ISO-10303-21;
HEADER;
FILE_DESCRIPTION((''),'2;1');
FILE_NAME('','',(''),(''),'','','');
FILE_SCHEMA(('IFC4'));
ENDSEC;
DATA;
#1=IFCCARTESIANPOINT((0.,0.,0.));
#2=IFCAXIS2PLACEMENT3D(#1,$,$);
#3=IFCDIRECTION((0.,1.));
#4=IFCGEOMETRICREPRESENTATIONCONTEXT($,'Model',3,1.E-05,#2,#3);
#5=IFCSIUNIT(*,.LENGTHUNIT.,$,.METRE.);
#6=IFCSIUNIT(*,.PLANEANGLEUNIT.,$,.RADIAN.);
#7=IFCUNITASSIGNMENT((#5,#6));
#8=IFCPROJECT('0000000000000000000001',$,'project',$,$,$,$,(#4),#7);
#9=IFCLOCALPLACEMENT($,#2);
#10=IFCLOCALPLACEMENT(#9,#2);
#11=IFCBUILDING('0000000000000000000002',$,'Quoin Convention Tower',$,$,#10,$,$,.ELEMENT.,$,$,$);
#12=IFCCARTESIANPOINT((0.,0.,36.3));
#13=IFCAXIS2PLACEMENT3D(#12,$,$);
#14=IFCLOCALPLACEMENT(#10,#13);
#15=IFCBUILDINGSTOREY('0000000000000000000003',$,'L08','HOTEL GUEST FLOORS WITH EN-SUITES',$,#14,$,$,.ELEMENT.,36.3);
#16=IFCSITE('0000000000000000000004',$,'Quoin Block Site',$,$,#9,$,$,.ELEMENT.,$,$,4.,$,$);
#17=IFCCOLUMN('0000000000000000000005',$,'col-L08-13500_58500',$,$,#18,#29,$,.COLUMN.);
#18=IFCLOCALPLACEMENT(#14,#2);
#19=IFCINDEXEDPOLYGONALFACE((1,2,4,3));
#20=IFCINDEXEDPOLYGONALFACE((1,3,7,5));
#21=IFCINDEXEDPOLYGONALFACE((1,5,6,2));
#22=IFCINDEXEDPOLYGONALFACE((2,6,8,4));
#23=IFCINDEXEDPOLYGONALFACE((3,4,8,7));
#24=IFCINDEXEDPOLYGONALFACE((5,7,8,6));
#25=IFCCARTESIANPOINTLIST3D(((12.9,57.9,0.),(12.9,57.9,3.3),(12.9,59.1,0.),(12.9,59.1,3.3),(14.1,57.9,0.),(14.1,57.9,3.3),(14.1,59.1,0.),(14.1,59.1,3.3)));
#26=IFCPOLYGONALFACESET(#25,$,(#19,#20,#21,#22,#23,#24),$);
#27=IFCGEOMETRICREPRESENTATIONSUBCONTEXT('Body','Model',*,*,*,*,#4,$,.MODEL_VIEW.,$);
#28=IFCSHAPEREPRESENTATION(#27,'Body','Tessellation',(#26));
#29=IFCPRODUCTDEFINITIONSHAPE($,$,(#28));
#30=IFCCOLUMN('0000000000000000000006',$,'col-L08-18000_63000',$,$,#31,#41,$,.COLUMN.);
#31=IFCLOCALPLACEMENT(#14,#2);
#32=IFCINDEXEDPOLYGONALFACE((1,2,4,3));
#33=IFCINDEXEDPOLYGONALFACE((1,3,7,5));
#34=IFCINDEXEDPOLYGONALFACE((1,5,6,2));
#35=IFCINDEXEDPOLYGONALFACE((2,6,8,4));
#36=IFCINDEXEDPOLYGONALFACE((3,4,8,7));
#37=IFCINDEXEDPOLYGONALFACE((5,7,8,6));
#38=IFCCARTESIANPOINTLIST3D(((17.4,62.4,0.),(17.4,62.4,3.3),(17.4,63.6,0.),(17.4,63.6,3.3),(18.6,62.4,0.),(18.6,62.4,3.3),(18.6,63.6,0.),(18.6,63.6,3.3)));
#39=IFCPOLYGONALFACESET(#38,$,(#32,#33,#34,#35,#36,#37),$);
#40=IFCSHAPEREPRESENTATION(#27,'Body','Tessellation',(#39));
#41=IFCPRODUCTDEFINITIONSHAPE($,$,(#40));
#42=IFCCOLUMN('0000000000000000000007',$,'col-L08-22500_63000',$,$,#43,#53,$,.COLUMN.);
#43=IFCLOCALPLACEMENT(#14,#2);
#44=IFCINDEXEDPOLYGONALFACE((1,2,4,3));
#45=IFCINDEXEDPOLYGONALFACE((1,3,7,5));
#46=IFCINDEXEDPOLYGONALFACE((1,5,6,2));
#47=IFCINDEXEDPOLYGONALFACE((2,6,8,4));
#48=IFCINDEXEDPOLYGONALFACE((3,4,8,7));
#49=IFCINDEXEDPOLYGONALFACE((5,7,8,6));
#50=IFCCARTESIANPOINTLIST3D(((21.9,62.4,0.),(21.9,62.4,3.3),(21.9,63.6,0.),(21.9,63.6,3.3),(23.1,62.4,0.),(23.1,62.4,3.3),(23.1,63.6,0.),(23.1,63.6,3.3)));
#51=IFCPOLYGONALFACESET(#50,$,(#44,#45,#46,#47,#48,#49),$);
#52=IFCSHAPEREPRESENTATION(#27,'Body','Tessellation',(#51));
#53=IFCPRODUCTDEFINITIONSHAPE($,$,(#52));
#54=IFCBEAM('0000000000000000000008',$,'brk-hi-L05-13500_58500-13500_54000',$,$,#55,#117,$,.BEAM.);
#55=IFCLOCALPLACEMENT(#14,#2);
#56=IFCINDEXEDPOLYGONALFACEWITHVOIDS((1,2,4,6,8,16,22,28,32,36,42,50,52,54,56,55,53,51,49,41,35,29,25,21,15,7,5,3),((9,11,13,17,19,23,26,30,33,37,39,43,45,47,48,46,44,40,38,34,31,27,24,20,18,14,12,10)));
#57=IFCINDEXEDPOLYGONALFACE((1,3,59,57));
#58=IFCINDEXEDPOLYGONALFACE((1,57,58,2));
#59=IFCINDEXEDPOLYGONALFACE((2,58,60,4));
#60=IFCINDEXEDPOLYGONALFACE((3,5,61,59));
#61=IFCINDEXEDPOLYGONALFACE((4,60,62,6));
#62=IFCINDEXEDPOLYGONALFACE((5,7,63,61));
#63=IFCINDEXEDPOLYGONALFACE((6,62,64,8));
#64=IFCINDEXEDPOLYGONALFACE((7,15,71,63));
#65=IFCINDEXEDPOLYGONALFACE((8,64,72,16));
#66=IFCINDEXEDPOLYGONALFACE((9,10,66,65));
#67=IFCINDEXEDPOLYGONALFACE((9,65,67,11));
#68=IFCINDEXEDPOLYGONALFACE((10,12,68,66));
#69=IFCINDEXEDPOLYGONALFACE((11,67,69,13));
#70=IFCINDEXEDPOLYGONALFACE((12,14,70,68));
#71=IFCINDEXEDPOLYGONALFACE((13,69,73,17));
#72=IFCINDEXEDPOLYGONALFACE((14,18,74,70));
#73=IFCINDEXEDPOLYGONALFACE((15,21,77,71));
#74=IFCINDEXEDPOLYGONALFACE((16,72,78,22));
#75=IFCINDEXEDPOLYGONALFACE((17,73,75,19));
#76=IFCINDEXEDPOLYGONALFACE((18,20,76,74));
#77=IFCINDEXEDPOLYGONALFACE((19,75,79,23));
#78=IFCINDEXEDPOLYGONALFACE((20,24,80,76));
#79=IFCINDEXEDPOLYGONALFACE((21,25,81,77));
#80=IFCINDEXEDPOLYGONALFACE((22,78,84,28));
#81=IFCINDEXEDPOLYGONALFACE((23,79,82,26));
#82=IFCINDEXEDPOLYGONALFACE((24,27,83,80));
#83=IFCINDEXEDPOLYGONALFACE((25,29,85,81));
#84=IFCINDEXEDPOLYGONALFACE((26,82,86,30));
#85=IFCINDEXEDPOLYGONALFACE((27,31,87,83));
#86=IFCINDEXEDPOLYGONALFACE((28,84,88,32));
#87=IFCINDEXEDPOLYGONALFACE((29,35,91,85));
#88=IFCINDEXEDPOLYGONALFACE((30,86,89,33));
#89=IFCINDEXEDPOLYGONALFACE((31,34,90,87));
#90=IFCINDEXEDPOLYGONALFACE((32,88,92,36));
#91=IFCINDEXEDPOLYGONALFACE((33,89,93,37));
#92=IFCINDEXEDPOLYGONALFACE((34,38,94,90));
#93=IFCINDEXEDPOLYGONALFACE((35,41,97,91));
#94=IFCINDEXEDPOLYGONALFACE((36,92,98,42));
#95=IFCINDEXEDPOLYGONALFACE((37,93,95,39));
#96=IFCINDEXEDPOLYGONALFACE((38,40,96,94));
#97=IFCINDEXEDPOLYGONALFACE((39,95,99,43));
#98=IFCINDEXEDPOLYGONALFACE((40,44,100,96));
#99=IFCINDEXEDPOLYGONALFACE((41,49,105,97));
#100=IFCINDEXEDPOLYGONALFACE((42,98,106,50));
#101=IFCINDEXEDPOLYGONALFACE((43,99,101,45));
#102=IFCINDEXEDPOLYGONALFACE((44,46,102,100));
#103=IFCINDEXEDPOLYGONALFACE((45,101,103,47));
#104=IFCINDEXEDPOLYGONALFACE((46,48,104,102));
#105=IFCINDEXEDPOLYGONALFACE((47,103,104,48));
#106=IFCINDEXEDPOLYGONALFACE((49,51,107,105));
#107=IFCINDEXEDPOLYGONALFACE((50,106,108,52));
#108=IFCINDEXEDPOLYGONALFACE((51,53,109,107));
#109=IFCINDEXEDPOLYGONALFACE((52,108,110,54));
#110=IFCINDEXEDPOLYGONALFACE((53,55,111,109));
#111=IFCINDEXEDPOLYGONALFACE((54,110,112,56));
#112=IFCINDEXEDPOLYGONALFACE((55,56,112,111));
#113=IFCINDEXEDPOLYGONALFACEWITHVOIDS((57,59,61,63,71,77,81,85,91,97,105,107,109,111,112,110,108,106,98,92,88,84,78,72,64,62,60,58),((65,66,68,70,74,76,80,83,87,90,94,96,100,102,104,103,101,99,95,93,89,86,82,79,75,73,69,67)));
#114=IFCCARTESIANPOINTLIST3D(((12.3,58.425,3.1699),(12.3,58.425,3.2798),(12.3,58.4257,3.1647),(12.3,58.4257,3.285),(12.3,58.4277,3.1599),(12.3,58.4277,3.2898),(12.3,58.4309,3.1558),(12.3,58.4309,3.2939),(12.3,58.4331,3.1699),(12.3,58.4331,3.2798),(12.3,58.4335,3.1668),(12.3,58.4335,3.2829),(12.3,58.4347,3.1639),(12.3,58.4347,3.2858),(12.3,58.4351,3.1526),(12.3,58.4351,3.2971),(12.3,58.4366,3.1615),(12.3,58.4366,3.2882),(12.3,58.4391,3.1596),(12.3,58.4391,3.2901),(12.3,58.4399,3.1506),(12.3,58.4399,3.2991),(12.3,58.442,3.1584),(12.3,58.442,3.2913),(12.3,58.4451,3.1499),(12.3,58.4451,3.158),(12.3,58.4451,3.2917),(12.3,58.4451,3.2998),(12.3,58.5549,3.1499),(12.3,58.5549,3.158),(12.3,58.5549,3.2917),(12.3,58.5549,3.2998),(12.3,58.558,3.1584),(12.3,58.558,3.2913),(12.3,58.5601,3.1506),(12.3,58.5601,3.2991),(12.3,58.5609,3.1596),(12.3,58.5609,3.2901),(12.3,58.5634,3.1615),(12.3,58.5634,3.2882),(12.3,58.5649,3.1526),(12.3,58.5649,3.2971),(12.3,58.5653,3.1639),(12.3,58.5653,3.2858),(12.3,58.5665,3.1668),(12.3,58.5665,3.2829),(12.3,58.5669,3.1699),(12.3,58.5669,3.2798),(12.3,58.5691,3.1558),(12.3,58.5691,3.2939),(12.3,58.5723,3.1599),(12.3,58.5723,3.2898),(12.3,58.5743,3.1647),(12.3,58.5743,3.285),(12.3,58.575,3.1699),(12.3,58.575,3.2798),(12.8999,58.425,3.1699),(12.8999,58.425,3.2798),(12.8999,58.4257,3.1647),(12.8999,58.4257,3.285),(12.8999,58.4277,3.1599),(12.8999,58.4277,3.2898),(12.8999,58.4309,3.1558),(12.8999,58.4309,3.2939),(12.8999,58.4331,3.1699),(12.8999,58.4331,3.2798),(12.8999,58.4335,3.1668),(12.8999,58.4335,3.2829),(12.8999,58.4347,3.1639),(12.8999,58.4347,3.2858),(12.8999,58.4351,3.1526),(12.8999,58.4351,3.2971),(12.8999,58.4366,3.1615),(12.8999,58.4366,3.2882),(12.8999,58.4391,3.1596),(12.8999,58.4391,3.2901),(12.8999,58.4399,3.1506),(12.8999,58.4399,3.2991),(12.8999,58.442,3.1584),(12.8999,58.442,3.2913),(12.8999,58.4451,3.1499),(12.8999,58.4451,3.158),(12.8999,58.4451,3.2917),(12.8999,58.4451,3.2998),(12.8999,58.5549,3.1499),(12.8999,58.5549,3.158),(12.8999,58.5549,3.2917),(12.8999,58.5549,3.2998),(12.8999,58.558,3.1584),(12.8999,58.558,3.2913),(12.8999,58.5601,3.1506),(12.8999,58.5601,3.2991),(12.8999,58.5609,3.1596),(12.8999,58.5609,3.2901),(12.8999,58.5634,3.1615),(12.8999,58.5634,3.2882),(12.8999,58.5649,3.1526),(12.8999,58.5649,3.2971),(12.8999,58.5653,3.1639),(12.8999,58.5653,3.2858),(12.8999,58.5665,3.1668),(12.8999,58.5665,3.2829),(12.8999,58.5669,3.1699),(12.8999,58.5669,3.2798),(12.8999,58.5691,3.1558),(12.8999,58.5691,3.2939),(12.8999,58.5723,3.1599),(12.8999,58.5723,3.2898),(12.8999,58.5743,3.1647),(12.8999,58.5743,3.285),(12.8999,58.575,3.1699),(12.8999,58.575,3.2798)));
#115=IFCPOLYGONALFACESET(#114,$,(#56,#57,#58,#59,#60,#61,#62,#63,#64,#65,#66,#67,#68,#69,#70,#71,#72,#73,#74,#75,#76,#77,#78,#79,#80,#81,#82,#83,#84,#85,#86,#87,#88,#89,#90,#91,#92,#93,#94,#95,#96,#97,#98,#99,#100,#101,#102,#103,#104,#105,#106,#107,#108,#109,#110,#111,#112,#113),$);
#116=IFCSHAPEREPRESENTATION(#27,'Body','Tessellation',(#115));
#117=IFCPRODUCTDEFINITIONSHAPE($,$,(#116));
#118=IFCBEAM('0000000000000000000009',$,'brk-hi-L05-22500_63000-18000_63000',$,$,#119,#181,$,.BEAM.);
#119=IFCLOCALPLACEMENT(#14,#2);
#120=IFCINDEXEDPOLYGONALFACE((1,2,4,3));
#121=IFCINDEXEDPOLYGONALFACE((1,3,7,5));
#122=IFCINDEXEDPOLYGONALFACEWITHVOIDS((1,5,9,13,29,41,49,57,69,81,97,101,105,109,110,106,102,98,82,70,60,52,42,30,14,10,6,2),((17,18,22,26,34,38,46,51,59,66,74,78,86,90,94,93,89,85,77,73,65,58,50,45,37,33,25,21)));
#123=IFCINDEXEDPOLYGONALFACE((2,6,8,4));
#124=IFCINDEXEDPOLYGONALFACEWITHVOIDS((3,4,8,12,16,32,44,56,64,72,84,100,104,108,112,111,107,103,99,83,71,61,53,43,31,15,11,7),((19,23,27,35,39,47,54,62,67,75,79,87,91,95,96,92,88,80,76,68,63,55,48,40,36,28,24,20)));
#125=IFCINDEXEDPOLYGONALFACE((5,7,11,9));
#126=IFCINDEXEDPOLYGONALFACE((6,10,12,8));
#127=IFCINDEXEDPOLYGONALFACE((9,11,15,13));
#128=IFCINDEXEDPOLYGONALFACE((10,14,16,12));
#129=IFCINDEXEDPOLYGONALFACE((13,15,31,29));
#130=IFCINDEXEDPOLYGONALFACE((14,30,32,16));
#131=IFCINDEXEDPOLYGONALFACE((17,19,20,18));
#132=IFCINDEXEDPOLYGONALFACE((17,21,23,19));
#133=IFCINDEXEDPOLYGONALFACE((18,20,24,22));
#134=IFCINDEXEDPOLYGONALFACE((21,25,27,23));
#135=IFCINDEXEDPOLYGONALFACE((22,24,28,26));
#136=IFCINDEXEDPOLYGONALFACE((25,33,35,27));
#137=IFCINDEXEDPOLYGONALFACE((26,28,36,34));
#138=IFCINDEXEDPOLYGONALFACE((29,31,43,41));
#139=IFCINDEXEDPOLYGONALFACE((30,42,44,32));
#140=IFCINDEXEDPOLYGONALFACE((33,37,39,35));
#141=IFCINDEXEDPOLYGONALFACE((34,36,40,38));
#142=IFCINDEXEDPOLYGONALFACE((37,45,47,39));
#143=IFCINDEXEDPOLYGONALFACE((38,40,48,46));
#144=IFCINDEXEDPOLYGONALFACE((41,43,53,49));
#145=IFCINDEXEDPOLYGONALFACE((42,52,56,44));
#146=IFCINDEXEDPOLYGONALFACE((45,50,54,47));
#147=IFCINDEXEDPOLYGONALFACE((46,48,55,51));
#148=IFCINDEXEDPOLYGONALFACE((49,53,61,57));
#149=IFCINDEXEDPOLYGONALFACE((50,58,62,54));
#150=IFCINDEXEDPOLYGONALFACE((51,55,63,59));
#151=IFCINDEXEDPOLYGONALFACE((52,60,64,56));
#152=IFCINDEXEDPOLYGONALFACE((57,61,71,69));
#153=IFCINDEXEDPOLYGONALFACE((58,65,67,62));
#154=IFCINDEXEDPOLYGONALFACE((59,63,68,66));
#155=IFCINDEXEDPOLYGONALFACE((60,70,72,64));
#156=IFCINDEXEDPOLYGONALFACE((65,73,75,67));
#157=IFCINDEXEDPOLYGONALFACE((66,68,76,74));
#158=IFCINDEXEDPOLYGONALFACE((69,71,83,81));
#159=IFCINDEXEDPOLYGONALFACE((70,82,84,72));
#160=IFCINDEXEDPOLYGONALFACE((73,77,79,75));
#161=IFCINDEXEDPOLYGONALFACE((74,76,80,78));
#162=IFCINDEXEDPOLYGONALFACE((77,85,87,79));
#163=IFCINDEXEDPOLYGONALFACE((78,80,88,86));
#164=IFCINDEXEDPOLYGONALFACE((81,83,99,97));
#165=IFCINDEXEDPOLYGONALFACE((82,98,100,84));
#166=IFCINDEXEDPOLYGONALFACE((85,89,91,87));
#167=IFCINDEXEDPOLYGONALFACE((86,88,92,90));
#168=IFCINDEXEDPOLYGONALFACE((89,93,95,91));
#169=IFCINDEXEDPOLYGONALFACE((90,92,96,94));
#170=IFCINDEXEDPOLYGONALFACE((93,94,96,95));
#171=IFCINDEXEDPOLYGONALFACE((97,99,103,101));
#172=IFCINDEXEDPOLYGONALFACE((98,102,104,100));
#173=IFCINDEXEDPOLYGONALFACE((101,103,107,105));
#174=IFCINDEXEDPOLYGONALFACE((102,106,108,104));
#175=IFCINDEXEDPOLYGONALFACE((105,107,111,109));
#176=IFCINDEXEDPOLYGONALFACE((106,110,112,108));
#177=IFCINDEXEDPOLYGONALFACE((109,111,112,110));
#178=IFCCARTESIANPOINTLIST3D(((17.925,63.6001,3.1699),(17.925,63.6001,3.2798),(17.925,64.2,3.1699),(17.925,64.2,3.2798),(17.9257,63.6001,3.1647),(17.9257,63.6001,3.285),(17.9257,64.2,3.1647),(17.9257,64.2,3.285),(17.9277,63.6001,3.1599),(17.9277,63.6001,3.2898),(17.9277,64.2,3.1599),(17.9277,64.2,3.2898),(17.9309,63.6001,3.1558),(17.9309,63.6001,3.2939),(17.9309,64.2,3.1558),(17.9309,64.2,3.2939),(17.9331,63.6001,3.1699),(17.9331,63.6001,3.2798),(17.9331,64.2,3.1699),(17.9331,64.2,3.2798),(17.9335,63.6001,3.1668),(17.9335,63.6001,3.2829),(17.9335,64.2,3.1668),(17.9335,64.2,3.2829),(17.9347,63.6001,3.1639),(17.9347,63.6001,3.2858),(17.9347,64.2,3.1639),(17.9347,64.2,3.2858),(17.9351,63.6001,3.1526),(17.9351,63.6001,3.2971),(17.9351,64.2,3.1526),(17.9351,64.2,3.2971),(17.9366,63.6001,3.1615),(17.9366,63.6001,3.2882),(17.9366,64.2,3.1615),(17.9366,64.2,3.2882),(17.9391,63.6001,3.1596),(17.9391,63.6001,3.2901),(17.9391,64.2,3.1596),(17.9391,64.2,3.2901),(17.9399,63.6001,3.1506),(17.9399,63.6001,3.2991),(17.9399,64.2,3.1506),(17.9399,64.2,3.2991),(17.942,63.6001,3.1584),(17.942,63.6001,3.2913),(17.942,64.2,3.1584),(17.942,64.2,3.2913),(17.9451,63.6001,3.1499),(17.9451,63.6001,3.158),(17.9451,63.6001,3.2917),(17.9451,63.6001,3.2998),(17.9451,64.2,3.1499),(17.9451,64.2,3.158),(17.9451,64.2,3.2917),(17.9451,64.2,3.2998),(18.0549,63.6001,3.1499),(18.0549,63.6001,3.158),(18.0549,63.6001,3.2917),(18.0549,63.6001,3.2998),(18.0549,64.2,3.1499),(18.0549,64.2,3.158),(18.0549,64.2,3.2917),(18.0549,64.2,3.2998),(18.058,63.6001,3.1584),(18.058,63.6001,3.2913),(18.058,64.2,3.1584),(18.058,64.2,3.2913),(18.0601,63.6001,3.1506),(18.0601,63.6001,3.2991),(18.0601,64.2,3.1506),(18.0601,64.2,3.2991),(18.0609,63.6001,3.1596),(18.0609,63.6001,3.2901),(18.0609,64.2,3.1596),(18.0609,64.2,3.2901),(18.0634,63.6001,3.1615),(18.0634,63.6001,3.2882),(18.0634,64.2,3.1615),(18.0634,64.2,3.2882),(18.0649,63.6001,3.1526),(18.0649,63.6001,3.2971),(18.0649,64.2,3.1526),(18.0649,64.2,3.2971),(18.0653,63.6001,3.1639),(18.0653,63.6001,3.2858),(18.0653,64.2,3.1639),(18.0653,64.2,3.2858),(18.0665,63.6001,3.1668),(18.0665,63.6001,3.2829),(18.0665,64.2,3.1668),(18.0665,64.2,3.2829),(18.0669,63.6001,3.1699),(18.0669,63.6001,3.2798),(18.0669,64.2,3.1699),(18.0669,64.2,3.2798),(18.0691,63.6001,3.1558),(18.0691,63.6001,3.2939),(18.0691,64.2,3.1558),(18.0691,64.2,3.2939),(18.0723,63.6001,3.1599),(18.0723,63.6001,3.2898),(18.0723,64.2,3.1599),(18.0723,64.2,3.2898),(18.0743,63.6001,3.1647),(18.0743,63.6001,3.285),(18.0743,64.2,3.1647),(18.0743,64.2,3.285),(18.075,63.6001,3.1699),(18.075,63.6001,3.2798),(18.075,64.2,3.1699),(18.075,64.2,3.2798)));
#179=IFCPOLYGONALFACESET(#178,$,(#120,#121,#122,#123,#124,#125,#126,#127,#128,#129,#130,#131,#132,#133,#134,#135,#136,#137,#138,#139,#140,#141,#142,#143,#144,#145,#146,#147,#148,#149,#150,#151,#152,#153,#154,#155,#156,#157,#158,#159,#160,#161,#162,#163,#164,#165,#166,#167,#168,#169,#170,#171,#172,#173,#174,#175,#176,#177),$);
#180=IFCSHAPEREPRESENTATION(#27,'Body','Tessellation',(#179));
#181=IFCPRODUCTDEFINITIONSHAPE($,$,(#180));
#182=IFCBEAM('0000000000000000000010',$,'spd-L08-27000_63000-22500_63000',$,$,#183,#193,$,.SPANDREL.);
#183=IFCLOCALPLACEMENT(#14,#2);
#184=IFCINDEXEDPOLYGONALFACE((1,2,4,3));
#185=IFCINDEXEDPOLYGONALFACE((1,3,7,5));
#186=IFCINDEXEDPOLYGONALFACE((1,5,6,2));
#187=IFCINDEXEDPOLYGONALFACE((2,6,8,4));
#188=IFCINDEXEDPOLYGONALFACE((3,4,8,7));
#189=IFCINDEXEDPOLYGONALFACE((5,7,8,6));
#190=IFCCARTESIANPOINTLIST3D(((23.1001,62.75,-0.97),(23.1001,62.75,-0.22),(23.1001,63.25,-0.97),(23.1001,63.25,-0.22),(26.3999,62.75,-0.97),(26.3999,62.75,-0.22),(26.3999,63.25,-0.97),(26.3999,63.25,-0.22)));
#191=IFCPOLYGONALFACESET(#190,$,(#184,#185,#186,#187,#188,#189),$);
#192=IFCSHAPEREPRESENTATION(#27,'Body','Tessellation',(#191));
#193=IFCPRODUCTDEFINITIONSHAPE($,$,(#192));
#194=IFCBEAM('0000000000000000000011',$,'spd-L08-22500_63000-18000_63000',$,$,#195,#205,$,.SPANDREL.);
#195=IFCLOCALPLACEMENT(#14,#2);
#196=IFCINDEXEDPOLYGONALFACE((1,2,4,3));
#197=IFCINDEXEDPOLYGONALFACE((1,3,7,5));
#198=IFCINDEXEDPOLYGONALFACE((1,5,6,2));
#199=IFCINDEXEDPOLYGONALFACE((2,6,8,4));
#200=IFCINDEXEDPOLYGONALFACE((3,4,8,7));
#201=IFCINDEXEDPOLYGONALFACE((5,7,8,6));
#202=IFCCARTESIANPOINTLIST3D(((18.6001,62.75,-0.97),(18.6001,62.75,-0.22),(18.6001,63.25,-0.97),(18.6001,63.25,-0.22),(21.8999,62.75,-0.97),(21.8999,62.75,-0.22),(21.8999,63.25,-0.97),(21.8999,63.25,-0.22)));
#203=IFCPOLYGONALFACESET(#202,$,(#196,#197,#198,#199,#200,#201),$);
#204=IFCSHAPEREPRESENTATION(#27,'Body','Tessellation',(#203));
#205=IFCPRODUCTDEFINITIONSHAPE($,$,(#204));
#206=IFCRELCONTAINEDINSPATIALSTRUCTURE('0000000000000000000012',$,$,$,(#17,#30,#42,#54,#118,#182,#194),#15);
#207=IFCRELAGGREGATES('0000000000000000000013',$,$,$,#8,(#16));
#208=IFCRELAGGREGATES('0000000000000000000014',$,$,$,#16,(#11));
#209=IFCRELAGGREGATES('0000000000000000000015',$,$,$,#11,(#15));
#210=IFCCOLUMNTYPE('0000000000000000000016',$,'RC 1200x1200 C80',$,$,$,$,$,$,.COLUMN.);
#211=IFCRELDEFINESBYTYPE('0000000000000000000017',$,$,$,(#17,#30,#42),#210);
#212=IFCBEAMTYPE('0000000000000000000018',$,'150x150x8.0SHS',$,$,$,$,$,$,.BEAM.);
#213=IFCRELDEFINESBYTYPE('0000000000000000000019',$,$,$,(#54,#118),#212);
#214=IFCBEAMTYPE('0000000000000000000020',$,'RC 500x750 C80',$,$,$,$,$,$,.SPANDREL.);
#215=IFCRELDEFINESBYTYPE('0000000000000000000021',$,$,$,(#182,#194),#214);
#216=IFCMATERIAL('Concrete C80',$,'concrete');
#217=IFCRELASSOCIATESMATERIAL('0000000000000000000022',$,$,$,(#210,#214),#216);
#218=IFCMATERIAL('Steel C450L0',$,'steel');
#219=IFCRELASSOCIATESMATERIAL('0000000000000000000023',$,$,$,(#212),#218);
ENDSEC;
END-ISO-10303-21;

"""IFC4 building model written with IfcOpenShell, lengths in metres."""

from ifc_helpers import new_model, si_unit, direction, frame, origin, origin_2d, place, context, subcontext, project, spatial, rectangle, hollow_rectangle, extrude, material, material_profile, profile_set, type_object, element, save


model = new_model("IFC4")

# Units and contexts
model_context = context("Model", 3, precision=1e-05, world=origin(), true_north=direction((0.0, 1.0)))
body_context = subcontext(model_context, "Body", "Model", "MODEL_VIEW")
ifc_project = project(units=[si_unit("LENGTHUNIT", "METRE"), si_unit("PLANEANGLEUNIT", "RADIAN")], contexts=[model_context])

# Site, building, storey
site_placement = place(None, origin())
site = spatial("IfcSite", under=ifc_project, at=site_placement, Name="Quoin Block Site", CompositionType="ELEMENT", RefElevation=4.0)
building_placement = place(site_placement, origin())
building = spatial("IfcBuilding", under=site, at=building_placement, Name="Quoin Convention Tower", CompositionType="ELEMENT")
storey_placement = place(building_placement, frame((0.0, 0.0, 36.3)))
storey = spatial("IfcBuildingStorey", under=building, at=storey_placement, Name="L08", Description="HOTEL GUEST FLOORS WITH EN-SUITES", CompositionType="ELEMENT", Elevation=36.3)

# Columns
ifc_material_1 = material(Name="Concrete C80", Category="concrete")
ifc_material_profile_1 = material_profile(ifc_material_1, rectangle(XDim=1.2, YDim=1.2, at=origin_2d()), Name="RC 1200x1200")
ifc_profile_set_1 = profile_set([ifc_material_profile_1], Name="Concrete C80")
column_type = type_object("IfcColumnType", Name="RC 1200x1200 C80", PredefinedType="COLUMN", material=ifc_profile_set_1)
for number, where, z_axis, x_axis, name in (
    (1, (13.5, 58.5, 0.0), (0.0, 0.0, 1.0), (1.0, 0.0, 0.0), "col-L08-13500_58500"),
    (2, (18.0, 63.0, 0.0), (0.0, 0.0, 1.0), (1.0, 0.0, 0.0), "col-L08-18000_63000"),
    (3, (22.5, 63.0, 0.0), (0.0, 0.0, 1.0), (1.0, 0.0, 0.0), "col-L08-22500_63000"),
):
    element("IfcColumn", number, at=place(storey_placement, frame(where, z_axis=z_axis, x_axis=x_axis)), inside=storey, type_object=column_type, Name=name, PredefinedType="COLUMN", context=body_context, shape_type="SweptSolid", body=[
        extrude(rectangle(XDim=1.2, YDim=1.2, at=origin_2d()), origin(), (0.0, 0.0, 1.0), 3.3),
    ])

# Beams
ifc_material_2 = material(Name="Steel C450L0", Category="steel")
ifc_material_profile_2 = material_profile(ifc_material_2, hollow_rectangle(XDim=0.1499, YDim=0.1499, WallThickness=0.0081, InnerFilletRadius=0.012, OuterFilletRadius=0.02, at=origin_2d()), Name="150x150x8.0SHS")
ifc_profile_set_2 = profile_set([ifc_material_profile_2], Name="Steel C450L0")
beam_type_1 = type_object("IfcBeamType", Name="150x150x8.0SHS", PredefinedType="BEAM", material=ifc_profile_set_2)
for number, where, z_axis, x_axis, name in (
    (4, (12.8999, 58.5, 3.2249), (-1.0, 0.0, 0.0), (0.0, -1.0, 0.0), "brk-hi-L05-13500_58500-13500_54000"),
    (5, (18.0, 63.6001, 3.2249), (0.0, 1.0, 0.0), (-1.0, 0.0, 0.0), "brk-hi-L05-22500_63000-18000_63000"),
):
    element("IfcBeam", number, at=place(storey_placement, frame(where, z_axis=z_axis, x_axis=x_axis)), inside=storey, type_object=beam_type_1, Name=name, PredefinedType="BEAM", context=body_context, shape_type="SweptSolid", body=[
        extrude(hollow_rectangle(XDim=0.1499, YDim=0.1499, WallThickness=0.0081, InnerFilletRadius=0.012, OuterFilletRadius=0.02, at=origin_2d()), origin(), (0.0, 0.0, 1.0), 0.5999),
    ])
ifc_material_profile_3 = material_profile(ifc_material_1, rectangle(XDim=0.5, YDim=0.75, at=origin_2d()), Name="RC 500x750")
ifc_profile_set_3 = profile_set([ifc_material_profile_3], Name="Concrete C80")
beam_type_2 = type_object("IfcBeamType", Name="RC 500x750 C80", PredefinedType="SPANDREL", material=ifc_profile_set_3)
for number, where, z_axis, x_axis, name in (
    (6, (26.3999, 63.0, -0.595), (-1.0, 0.0, 0.0), (0.0, -1.0, 0.0), "spd-L08-27000_63000-22500_63000"),
    (7, (21.8999, 63.0, -0.595), (-1.0, 0.0, 0.0), (0.0, -1.0, 0.0), "spd-L08-22500_63000-18000_63000"),
):
    element("IfcBeam", number, at=place(storey_placement, frame(where, z_axis=z_axis, x_axis=x_axis)), inside=storey, type_object=beam_type_2, Name=name, PredefinedType="SPANDREL", context=body_context, shape_type="SweptSolid", body=[
        extrude(rectangle(XDim=0.5, YDim=0.75, at=origin_2d()), origin(), (0.0, 0.0, 1.0), 3.2998),
    ])

save(model, "model.ifc")
